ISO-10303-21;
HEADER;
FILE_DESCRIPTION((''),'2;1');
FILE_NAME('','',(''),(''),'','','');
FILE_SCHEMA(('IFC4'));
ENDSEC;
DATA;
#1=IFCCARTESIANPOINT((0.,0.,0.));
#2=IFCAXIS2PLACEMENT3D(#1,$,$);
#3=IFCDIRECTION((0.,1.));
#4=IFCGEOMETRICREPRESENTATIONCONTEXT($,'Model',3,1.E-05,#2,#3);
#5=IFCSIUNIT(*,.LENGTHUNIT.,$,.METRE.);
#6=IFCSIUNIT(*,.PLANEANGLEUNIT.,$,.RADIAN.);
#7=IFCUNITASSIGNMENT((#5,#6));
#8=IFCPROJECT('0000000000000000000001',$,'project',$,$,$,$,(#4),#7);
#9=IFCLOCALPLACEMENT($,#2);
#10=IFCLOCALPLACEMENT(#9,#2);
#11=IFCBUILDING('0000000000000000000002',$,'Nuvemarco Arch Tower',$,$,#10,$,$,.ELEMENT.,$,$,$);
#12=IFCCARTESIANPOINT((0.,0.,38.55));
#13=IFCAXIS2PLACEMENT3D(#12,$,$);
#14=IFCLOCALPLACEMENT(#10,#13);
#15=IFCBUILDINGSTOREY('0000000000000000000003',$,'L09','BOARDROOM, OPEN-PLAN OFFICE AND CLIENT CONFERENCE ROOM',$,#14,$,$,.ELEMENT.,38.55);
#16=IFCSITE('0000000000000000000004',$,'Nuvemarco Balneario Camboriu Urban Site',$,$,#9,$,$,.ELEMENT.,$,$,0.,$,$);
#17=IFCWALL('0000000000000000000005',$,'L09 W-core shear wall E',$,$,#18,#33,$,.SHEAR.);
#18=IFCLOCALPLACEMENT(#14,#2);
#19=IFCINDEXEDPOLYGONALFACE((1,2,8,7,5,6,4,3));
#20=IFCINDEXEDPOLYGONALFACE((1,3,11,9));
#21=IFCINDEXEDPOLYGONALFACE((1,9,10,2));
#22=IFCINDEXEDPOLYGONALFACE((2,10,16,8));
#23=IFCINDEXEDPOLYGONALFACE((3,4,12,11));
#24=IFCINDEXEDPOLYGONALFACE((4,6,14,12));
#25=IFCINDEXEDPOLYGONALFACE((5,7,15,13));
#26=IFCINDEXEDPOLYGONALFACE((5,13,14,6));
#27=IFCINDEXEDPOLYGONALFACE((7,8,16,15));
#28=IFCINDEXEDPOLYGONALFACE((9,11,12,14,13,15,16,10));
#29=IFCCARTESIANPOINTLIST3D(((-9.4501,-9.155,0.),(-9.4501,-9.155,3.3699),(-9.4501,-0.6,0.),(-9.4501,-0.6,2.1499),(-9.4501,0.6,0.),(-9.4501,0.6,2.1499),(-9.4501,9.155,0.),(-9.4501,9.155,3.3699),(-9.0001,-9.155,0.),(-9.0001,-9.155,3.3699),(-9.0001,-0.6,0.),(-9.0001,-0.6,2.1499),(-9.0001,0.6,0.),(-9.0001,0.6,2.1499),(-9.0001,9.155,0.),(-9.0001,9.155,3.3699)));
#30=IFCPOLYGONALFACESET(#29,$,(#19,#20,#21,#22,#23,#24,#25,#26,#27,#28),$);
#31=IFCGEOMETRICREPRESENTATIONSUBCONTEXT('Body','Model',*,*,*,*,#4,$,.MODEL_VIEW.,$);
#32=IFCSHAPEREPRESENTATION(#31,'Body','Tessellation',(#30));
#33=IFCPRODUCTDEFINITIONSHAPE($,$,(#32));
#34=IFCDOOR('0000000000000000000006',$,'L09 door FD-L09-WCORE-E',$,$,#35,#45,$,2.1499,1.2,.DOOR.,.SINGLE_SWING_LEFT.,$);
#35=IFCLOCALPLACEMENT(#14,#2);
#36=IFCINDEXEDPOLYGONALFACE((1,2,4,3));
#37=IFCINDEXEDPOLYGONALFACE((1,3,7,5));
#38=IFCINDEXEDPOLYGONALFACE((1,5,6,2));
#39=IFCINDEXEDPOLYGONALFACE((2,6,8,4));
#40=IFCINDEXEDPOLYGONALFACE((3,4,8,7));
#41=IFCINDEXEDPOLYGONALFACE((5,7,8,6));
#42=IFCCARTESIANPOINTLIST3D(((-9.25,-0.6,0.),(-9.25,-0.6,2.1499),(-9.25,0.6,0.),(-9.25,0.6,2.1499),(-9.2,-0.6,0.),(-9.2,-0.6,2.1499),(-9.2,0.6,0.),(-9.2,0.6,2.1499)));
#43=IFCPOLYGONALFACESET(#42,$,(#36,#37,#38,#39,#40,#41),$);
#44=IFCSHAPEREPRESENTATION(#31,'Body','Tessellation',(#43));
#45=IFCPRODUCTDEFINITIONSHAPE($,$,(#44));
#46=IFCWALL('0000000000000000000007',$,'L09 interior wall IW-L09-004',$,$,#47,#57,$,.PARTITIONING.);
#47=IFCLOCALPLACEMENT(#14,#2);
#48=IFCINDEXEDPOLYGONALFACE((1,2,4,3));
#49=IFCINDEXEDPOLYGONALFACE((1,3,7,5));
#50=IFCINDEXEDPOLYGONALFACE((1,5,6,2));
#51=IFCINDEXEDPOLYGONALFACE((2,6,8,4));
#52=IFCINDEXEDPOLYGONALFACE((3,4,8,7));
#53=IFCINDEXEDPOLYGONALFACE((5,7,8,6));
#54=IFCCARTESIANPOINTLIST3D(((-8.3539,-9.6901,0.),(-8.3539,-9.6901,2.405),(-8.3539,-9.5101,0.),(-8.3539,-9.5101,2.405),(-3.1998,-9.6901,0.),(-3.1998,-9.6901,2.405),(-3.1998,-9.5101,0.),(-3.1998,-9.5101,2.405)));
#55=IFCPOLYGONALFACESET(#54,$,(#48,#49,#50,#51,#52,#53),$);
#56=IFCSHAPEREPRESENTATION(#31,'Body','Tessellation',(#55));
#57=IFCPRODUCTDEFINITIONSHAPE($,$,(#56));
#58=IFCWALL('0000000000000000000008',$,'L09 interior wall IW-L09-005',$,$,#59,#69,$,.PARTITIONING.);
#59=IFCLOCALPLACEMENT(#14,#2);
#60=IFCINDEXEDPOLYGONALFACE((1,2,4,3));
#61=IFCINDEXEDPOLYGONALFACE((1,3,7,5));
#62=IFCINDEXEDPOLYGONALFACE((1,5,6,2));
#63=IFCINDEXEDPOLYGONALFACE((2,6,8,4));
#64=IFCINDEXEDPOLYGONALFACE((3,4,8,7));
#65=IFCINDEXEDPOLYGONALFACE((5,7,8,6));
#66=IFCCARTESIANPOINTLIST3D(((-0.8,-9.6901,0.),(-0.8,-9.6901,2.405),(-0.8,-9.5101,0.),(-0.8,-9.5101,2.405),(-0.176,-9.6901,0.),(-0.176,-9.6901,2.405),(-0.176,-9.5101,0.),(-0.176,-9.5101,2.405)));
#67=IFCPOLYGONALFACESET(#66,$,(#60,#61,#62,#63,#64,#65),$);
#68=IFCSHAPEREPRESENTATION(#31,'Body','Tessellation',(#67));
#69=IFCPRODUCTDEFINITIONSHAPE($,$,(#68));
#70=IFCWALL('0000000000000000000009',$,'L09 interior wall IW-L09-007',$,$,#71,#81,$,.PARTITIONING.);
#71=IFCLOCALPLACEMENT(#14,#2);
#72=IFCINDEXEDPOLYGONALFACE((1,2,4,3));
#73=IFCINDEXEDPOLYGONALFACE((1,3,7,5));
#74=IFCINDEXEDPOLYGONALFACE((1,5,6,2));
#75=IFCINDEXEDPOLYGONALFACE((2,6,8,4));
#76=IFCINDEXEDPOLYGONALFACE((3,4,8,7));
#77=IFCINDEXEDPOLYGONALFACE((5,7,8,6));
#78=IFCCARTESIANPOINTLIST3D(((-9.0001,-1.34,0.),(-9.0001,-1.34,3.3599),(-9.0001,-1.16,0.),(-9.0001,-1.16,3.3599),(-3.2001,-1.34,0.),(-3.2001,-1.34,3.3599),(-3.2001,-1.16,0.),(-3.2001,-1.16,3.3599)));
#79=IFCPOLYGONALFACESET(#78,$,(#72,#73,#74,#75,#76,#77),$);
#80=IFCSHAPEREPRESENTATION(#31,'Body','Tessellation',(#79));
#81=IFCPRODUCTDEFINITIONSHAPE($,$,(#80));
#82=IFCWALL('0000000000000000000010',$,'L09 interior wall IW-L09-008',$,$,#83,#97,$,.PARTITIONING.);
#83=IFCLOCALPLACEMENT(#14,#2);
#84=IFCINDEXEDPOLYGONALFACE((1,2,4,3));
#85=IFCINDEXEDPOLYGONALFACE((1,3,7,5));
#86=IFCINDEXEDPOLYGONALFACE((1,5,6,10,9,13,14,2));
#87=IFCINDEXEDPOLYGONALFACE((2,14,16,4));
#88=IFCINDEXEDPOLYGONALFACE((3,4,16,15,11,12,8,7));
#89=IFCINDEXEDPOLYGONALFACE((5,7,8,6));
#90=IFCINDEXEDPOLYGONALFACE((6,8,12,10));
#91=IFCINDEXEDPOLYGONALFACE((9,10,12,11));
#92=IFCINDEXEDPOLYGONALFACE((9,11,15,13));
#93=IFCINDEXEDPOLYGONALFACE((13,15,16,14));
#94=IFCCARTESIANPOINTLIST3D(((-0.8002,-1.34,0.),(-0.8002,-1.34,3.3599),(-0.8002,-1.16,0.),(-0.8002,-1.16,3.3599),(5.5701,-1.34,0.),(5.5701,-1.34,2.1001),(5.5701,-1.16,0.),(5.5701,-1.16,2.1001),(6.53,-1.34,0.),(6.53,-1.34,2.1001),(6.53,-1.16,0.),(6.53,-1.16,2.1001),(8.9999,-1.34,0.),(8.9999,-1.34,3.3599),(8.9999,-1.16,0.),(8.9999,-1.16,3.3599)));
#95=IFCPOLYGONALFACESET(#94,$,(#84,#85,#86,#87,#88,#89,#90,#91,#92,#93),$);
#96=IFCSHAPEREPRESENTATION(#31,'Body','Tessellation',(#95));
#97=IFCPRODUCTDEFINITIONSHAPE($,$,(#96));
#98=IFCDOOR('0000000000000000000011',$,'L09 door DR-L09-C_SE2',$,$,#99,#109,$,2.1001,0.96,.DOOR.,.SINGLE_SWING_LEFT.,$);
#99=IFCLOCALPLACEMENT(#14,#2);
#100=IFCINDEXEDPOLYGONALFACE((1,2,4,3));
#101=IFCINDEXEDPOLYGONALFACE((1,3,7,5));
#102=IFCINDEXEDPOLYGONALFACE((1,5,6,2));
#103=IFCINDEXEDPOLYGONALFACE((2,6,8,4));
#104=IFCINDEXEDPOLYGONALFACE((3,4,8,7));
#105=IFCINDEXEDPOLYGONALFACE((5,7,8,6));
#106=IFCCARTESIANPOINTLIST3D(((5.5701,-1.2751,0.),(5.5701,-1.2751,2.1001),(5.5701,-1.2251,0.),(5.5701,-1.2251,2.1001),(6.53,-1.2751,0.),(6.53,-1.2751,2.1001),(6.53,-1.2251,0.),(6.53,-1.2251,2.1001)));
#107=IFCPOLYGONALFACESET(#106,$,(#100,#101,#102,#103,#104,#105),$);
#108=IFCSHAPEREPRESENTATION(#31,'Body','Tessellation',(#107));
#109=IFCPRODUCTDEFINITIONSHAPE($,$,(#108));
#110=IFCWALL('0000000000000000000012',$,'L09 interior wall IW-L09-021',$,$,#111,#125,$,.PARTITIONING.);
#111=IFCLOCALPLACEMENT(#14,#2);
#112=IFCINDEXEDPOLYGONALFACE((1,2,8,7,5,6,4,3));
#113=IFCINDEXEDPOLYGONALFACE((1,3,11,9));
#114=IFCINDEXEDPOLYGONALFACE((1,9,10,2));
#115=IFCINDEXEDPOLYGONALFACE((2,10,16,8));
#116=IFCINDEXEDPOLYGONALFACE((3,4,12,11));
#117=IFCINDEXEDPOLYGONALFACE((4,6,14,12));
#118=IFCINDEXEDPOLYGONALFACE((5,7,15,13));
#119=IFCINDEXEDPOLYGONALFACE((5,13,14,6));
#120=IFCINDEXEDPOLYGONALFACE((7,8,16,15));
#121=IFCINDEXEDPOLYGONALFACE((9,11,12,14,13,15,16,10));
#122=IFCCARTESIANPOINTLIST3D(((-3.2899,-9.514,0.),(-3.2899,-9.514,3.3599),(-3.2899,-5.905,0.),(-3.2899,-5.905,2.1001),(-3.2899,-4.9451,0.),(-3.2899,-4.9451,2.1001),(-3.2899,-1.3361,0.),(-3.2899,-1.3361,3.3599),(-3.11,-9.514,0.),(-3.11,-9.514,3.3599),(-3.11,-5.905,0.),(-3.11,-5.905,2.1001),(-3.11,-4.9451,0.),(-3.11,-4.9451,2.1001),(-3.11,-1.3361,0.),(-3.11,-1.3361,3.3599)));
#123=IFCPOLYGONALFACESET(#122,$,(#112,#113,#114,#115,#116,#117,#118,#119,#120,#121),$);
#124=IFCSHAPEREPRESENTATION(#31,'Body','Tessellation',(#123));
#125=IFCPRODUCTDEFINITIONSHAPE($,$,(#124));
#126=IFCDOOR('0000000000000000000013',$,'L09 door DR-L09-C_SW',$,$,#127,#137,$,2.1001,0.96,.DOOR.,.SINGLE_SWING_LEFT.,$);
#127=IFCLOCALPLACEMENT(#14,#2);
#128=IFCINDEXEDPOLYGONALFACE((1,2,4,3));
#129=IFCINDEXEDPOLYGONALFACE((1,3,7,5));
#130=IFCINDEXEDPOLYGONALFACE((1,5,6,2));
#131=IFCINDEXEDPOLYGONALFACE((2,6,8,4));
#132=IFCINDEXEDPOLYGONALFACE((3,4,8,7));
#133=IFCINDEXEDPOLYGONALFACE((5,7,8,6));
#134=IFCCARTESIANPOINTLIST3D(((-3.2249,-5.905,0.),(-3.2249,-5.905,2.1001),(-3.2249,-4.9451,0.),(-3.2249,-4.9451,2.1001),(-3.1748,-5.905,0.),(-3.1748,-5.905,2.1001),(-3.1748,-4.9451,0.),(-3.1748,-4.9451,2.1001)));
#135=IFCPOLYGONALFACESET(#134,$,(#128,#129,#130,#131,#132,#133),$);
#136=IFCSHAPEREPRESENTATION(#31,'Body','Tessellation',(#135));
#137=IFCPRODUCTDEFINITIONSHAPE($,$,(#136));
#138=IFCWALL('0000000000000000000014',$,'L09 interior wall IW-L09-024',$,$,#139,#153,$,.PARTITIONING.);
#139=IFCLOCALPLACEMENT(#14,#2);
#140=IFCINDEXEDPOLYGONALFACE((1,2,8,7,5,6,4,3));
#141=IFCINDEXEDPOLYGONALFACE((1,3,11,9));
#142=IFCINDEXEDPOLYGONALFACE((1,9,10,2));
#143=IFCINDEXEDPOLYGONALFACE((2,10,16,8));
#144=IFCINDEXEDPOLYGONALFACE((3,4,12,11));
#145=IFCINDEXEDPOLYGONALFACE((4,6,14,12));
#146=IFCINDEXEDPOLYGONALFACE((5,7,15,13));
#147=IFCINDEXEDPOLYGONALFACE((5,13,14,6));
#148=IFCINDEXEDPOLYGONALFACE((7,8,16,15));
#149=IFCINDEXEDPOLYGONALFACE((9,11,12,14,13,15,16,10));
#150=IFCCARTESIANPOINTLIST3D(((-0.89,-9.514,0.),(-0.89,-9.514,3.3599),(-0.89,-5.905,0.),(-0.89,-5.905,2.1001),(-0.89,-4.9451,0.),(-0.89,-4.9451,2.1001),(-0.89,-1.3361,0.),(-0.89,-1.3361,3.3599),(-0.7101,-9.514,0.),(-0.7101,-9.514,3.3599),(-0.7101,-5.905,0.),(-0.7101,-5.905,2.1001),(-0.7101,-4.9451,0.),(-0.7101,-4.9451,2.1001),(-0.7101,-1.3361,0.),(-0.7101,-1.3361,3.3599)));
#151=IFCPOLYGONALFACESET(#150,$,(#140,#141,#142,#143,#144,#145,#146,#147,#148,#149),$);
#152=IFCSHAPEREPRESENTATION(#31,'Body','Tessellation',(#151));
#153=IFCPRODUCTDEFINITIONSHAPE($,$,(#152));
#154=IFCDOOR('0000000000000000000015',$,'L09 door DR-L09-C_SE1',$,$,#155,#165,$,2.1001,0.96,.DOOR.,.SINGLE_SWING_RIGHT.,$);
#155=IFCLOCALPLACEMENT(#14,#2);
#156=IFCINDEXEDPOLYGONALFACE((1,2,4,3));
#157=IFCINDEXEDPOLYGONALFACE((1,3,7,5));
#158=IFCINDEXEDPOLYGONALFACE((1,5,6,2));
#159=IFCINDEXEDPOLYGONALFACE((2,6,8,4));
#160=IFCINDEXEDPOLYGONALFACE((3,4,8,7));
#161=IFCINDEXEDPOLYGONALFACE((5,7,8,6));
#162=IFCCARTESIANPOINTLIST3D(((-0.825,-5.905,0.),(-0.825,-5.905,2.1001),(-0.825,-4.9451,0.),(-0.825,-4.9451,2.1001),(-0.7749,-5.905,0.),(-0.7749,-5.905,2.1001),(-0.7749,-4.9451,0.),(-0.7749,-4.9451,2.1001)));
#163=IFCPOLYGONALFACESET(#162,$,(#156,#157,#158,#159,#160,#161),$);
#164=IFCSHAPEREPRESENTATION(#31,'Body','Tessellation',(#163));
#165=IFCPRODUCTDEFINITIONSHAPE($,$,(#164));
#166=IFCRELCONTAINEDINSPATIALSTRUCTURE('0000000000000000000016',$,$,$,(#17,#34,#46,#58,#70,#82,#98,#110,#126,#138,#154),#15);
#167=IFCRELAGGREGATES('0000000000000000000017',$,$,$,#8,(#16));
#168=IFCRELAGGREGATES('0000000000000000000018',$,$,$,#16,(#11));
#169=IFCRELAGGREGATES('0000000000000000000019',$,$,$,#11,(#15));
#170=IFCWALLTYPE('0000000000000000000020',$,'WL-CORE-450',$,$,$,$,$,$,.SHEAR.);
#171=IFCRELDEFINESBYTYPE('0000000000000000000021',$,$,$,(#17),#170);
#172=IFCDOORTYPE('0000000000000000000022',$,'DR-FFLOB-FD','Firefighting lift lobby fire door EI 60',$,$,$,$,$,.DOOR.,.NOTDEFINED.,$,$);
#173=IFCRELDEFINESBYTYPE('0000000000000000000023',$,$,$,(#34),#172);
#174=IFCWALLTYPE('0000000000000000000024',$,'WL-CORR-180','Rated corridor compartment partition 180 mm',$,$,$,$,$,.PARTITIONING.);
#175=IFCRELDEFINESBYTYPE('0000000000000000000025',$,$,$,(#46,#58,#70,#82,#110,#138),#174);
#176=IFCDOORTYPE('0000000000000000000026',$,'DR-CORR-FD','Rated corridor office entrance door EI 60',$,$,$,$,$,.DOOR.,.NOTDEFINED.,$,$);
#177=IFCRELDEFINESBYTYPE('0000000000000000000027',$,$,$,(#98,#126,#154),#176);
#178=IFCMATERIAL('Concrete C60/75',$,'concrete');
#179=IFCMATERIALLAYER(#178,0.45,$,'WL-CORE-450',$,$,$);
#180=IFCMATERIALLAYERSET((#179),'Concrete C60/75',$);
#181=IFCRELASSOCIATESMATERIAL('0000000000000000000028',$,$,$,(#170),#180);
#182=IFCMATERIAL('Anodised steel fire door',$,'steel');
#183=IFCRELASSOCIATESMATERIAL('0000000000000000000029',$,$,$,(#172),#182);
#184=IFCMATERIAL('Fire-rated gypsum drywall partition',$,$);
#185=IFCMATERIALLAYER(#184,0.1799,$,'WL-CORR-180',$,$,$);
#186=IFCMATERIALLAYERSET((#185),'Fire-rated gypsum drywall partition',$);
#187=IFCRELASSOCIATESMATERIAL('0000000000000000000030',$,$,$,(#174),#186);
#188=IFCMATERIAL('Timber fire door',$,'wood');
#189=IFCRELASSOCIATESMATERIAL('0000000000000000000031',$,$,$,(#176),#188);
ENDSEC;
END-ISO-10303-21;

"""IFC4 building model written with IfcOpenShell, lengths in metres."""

from ifc_helpers import new_model, si_unit, direction, frame, frame_2d, origin, place, context, subcontext, project, spatial, rectangle, extrude, source, transform, mapped, material, layer, layer_set, type_object, type_shapes, element, fill, save


model = new_model("IFC4")

# Units and contexts
model_context = context("Model", 3, precision=1e-05, world=origin(), true_north=direction((0.0, 1.0)))
body_context = subcontext(model_context, "Body", "Model", "MODEL_VIEW")
ifc_project = project(units=[si_unit("LENGTHUNIT", "METRE"), si_unit("PLANEANGLEUNIT", "RADIAN")], contexts=[model_context])

# Site, building, storey
site_placement = place(None, origin())
site = spatial("IfcSite", under=ifc_project, at=site_placement, Name="Nuvemarco Balneario Camboriu Urban Site", CompositionType="ELEMENT", RefElevation=0.0)
building_placement = place(site_placement, origin())
building = spatial("IfcBuilding", under=site, at=building_placement, Name="Nuvemarco Arch Tower", CompositionType="ELEMENT")
storey_placement = place(building_placement, frame((0.0, 0.0, 38.55)))
storey = spatial("IfcBuildingStorey", under=building, at=storey_placement, Name="L09", Description="BOARDROOM, OPEN-PLAN OFFICE AND CLIENT CONFERENCE ROOM", CompositionType="ELEMENT", Elevation=38.55)

# Shared definitions
ifc_material_1 = material(Name="Concrete C60/75", Category="concrete")

# Wall, opening, door
ifc_layer_1 = layer(ifc_material_1, 0.45, Name="WL-CORE-450")
ifc_layer_set_1 = layer_set([ifc_layer_1], Name="Concrete C60/75")
wall_type_1 = type_object("IfcWallType", Name="WL-CORE-450", PredefinedType="SHEAR", material=ifc_layer_set_1)
wall_1_placement = place(storey_placement, frame((-9.2251, -9.155, 0.0), z_axis=(0.0, 0.0, 1.0), x_axis=(0.0, 1.0, 0.0)))
wall_1 = element("IfcWall", 1, at=wall_1_placement, inside=storey, type_object=wall_type_1, Name="L09 W-core shear wall E", PredefinedType="SHEAR", context=body_context, shape_type="SweptSolid", body=[
    extrude(rectangle(XDim=18.3101, YDim=0.45, at=frame_2d((9.155, 0.0))), origin(), (0.0, 0.0, 1.0), 3.3699),
])
opening_1_placement = place(wall_1_placement, frame((8.5549, 0.0, 0.0)))
opening_1 = element("IfcOpeningElement", 2, at=opening_1_placement, cuts=wall_1, PredefinedType="OPENING", context=body_context, shape_type="SweptSolid", body=[
    extrude(rectangle(XDim=1.2, YDim=2.1499, at=frame_2d((0.6001, 1.075))), frame((0.0, 0.2349, 0.0), z_axis=(0.0, -1.0, 0.0), x_axis=(1.0, 0.0, 0.0)), (0.0, 0.0, 1.0), 0.47),
])
ifc_material_2 = material(Name="Anodised steel fire door", Category="steel")
door_type_1 = type_object("IfcDoorType", Name="DR-FFLOB-FD", Description="Firefighting lift lobby fire door EI 60", OperationType="NOTDEFINED", PredefinedType="DOOR", material=ifc_material_2)
shared_shape_1 = source(origin(), body_context, "Body", "SweptSolid", [
    extrude(rectangle(XDim=1.2, YDim=2.1499, at=frame_2d((0.6001, 1.075))), frame((0.0, 0.0249, 0.0), z_axis=(0.0, -1.0, 0.0), x_axis=(1.0, 0.0, 0.0)), (0.0, 0.0, 1.0), 0.05),
])
type_shapes(door_type_1, [shared_shape_1])
door_1_placement = place(opening_1_placement, origin())
door_1 = element("IfcDoor", 3, at=door_1_placement, inside=storey, type_object=door_type_1, Name="L09 door FD-L09-WCORE-E", OperationType="SINGLE_SWING_LEFT", OverallHeight=2.1499, OverallWidth=1.2, PredefinedType="DOOR", context=body_context, shape_type="MappedRepresentation", body=[
    mapped(shared_shape_1, transform((0.0, 0.0, 0.0), scale=1.0)),
])
fill(opening_1, door_1)

# Walls
ifc_material_3 = material(Name="Fire-rated gypsum drywall partition")
ifc_layer_2 = layer(ifc_material_3, 0.1799, Name="WL-CORR-180")
ifc_layer_set_2 = layer_set([ifc_layer_2], Name="Fire-rated gypsum drywall partition")
wall_type_2 = type_object("IfcWallType", Name="WL-CORR-180", Description="Rated corridor compartment partition 180 mm", PredefinedType="PARTITIONING", material=ifc_layer_set_2)
wall_2_placement = place(storey_placement, frame((-8.354, -9.6001, 0.0), z_axis=(0.0, 0.0, 1.0), x_axis=(1.0, 0.0, 0.0)))
element("IfcWall", 4, at=wall_2_placement, inside=storey, type_object=wall_type_2, Name="L09 interior wall IW-L09-004", PredefinedType="PARTITIONING", context=body_context, shape_type="SweptSolid", body=[
    extrude(rectangle(XDim=5.1541, YDim=0.1799, at=frame_2d((2.5771, 0.0))), origin(), (0.0, 0.0, 1.0), 2.405),
])
wall_3_placement = place(storey_placement, frame((-0.8, -9.6001, 0.0), z_axis=(0.0, 0.0, 1.0), x_axis=(1.0, 0.0, 0.0)))
element("IfcWall", 5, at=wall_3_placement, inside=storey, type_object=wall_type_2, Name="L09 interior wall IW-L09-005", PredefinedType="PARTITIONING", context=body_context, shape_type="SweptSolid", body=[
    extrude(rectangle(XDim=0.624, YDim=0.1799, at=frame_2d((0.312, 0.0))), origin(), (0.0, 0.0, 1.0), 2.405),
])
wall_4_placement = place(storey_placement, frame((-9.0, -1.25, 0.0), z_axis=(0.0, 0.0, 1.0), x_axis=(1.0, 0.0, 0.0)))
element("IfcWall", 6, at=wall_4_placement, inside=storey, type_object=wall_type_2, Name="L09 interior wall IW-L09-007", PredefinedType="PARTITIONING", context=body_context, shape_type="SweptSolid", body=[
    extrude(rectangle(XDim=5.8, YDim=0.1799, at=frame_2d((2.8999, 0.0))), origin(), (0.0, 0.0, 1.0), 3.3599),
])

# Walls, openings, doors
wall_5_placement = place(storey_placement, frame((-0.8, -1.25, 0.0), z_axis=(0.0, 0.0, 1.0), x_axis=(1.0, 0.0, 0.0)))
wall_5 = element("IfcWall", 7, at=wall_5_placement, inside=storey, type_object=wall_type_2, Name="L09 interior wall IW-L09-008", PredefinedType="PARTITIONING", context=body_context, shape_type="SweptSolid", body=[
    extrude(rectangle(XDim=9.8, YDim=0.1799, at=frame_2d((4.8999, 0.0))), origin(), (0.0, 0.0, 1.0), 3.3599),
])
opening_2_placement = place(wall_5_placement, frame((6.3701, 0.0, 0.0)))
opening_2 = element("IfcOpeningElement", 8, at=opening_2_placement, cuts=wall_5, PredefinedType="OPENING", context=body_context, shape_type="SweptSolid", body=[
    extrude(rectangle(XDim=0.96, YDim=2.1001, at=frame_2d((0.48, 1.05))), frame((0.0, 0.0999, 0.0), z_axis=(0.0, -1.0, 0.0), x_axis=(1.0, 0.0, 0.0)), (0.0, 0.0, 1.0), 0.2),
])
ifc_material_4 = material(Name="Timber fire door", Category="wood")
door_type_2 = type_object("IfcDoorType", Name="DR-CORR-FD", Description="Rated corridor office entrance door EI 60", OperationType="NOTDEFINED", PredefinedType="DOOR", material=ifc_material_4)
shared_shape_2 = source(origin(), body_context, "Body", "SweptSolid", [
    extrude(rectangle(XDim=0.96, YDim=2.1001, at=frame_2d((0.48, 1.05))), frame((0.0, 0.0249, 0.0), z_axis=(0.0, -1.0, 0.0), x_axis=(1.0, 0.0, 0.0)), (0.0, 0.0, 1.0), 0.05),
])
type_shapes(door_type_2, [shared_shape_2])
door_2_placement = place(opening_2_placement, origin())
door_2 = element("IfcDoor", 9, at=door_2_placement, inside=storey, type_object=door_type_2, Name="L09 door DR-L09-C_SE2", OperationType="SINGLE_SWING_LEFT", OverallHeight=2.1001, OverallWidth=0.96, PredefinedType="DOOR", context=body_context, shape_type="MappedRepresentation", body=[
    mapped(shared_shape_2, transform((0.0, 0.0, 0.0), scale=1.0)),
])
fill(opening_2, door_2)
wall_6_placement = place(storey_placement, frame((-3.2, -9.5139, 0.0), z_axis=(0.0, 0.0, 1.0), x_axis=(0.0, 1.0, 0.0)))
wall_6 = element("IfcWall", 10, at=wall_6_placement, inside=storey, type_object=wall_type_2, Name="L09 interior wall IW-L09-021", PredefinedType="PARTITIONING", context=body_context, shape_type="SweptSolid", body=[
    extrude(rectangle(XDim=8.178, YDim=0.1799, at=frame_2d((4.0889, 0.0))), origin(), (0.0, 0.0, 1.0), 3.3599),
])
opening_3_placement = place(wall_6_placement, frame((3.6089, 0.0, 0.0)))
opening_3 = element("IfcOpeningElement", 11, at=opening_3_placement, cuts=wall_6, PredefinedType="OPENING", context=body_context, shape_type="SweptSolid", body=[
    extrude(rectangle(XDim=0.96, YDim=2.1001, at=frame_2d((0.48, 1.05))), frame((0.0, 0.0999, 0.0), z_axis=(0.0, -1.0, 0.0), x_axis=(1.0, 0.0, 0.0)), (0.0, 0.0, 1.0), 0.2),
])
door_3_placement = place(opening_3_placement, origin())
door_3 = element("IfcDoor", 12, at=door_3_placement, inside=storey, type_object=door_type_2, Name="L09 door DR-L09-C_SW", OperationType="SINGLE_SWING_LEFT", OverallHeight=2.1001, OverallWidth=0.96, PredefinedType="DOOR", context=body_context, shape_type="MappedRepresentation", body=[
    mapped(shared_shape_2, transform((0.0, 0.0, 0.0), scale=1.0)),
])
fill(opening_3, door_3)
wall_7_placement = place(storey_placement, frame((-0.8, -9.5139, 0.0), z_axis=(0.0, 0.0, 1.0), x_axis=(0.0, 1.0, 0.0)))
wall_7 = element("IfcWall", 13, at=wall_7_placement, inside=storey, type_object=wall_type_2, Name="L09 interior wall IW-L09-024", PredefinedType="PARTITIONING", context=body_context, shape_type="SweptSolid", body=[
    extrude(rectangle(XDim=8.178, YDim=0.1799, at=frame_2d((4.0889, 0.0))), origin(), (0.0, 0.0, 1.0), 3.3599),
])
opening_4_placement = place(wall_7_placement, frame((3.6089, 0.0, 0.0)))
opening_4 = element("IfcOpeningElement", 14, at=opening_4_placement, cuts=wall_7, PredefinedType="OPENING", context=body_context, shape_type="SweptSolid", body=[
    extrude(rectangle(XDim=0.96, YDim=2.1001, at=frame_2d((0.48, 1.05))), frame((0.0, 0.0999, 0.0), z_axis=(0.0, -1.0, 0.0), x_axis=(1.0, 0.0, 0.0)), (0.0, 0.0, 1.0), 0.2),
])
door_4_placement = place(opening_4_placement, origin())
door_4 = element("IfcDoor", 15, at=door_4_placement, inside=storey, type_object=door_type_2, Name="L09 door DR-L09-C_SE1", OperationType="SINGLE_SWING_RIGHT", OverallHeight=2.1001, OverallWidth=0.96, PredefinedType="DOOR", context=body_context, shape_type="MappedRepresentation", body=[
    mapped(shared_shape_2, transform((0.0, 0.0, 0.0), scale=1.0)),
])
fill(opening_4, door_4)

save(model, "model.ifc")
